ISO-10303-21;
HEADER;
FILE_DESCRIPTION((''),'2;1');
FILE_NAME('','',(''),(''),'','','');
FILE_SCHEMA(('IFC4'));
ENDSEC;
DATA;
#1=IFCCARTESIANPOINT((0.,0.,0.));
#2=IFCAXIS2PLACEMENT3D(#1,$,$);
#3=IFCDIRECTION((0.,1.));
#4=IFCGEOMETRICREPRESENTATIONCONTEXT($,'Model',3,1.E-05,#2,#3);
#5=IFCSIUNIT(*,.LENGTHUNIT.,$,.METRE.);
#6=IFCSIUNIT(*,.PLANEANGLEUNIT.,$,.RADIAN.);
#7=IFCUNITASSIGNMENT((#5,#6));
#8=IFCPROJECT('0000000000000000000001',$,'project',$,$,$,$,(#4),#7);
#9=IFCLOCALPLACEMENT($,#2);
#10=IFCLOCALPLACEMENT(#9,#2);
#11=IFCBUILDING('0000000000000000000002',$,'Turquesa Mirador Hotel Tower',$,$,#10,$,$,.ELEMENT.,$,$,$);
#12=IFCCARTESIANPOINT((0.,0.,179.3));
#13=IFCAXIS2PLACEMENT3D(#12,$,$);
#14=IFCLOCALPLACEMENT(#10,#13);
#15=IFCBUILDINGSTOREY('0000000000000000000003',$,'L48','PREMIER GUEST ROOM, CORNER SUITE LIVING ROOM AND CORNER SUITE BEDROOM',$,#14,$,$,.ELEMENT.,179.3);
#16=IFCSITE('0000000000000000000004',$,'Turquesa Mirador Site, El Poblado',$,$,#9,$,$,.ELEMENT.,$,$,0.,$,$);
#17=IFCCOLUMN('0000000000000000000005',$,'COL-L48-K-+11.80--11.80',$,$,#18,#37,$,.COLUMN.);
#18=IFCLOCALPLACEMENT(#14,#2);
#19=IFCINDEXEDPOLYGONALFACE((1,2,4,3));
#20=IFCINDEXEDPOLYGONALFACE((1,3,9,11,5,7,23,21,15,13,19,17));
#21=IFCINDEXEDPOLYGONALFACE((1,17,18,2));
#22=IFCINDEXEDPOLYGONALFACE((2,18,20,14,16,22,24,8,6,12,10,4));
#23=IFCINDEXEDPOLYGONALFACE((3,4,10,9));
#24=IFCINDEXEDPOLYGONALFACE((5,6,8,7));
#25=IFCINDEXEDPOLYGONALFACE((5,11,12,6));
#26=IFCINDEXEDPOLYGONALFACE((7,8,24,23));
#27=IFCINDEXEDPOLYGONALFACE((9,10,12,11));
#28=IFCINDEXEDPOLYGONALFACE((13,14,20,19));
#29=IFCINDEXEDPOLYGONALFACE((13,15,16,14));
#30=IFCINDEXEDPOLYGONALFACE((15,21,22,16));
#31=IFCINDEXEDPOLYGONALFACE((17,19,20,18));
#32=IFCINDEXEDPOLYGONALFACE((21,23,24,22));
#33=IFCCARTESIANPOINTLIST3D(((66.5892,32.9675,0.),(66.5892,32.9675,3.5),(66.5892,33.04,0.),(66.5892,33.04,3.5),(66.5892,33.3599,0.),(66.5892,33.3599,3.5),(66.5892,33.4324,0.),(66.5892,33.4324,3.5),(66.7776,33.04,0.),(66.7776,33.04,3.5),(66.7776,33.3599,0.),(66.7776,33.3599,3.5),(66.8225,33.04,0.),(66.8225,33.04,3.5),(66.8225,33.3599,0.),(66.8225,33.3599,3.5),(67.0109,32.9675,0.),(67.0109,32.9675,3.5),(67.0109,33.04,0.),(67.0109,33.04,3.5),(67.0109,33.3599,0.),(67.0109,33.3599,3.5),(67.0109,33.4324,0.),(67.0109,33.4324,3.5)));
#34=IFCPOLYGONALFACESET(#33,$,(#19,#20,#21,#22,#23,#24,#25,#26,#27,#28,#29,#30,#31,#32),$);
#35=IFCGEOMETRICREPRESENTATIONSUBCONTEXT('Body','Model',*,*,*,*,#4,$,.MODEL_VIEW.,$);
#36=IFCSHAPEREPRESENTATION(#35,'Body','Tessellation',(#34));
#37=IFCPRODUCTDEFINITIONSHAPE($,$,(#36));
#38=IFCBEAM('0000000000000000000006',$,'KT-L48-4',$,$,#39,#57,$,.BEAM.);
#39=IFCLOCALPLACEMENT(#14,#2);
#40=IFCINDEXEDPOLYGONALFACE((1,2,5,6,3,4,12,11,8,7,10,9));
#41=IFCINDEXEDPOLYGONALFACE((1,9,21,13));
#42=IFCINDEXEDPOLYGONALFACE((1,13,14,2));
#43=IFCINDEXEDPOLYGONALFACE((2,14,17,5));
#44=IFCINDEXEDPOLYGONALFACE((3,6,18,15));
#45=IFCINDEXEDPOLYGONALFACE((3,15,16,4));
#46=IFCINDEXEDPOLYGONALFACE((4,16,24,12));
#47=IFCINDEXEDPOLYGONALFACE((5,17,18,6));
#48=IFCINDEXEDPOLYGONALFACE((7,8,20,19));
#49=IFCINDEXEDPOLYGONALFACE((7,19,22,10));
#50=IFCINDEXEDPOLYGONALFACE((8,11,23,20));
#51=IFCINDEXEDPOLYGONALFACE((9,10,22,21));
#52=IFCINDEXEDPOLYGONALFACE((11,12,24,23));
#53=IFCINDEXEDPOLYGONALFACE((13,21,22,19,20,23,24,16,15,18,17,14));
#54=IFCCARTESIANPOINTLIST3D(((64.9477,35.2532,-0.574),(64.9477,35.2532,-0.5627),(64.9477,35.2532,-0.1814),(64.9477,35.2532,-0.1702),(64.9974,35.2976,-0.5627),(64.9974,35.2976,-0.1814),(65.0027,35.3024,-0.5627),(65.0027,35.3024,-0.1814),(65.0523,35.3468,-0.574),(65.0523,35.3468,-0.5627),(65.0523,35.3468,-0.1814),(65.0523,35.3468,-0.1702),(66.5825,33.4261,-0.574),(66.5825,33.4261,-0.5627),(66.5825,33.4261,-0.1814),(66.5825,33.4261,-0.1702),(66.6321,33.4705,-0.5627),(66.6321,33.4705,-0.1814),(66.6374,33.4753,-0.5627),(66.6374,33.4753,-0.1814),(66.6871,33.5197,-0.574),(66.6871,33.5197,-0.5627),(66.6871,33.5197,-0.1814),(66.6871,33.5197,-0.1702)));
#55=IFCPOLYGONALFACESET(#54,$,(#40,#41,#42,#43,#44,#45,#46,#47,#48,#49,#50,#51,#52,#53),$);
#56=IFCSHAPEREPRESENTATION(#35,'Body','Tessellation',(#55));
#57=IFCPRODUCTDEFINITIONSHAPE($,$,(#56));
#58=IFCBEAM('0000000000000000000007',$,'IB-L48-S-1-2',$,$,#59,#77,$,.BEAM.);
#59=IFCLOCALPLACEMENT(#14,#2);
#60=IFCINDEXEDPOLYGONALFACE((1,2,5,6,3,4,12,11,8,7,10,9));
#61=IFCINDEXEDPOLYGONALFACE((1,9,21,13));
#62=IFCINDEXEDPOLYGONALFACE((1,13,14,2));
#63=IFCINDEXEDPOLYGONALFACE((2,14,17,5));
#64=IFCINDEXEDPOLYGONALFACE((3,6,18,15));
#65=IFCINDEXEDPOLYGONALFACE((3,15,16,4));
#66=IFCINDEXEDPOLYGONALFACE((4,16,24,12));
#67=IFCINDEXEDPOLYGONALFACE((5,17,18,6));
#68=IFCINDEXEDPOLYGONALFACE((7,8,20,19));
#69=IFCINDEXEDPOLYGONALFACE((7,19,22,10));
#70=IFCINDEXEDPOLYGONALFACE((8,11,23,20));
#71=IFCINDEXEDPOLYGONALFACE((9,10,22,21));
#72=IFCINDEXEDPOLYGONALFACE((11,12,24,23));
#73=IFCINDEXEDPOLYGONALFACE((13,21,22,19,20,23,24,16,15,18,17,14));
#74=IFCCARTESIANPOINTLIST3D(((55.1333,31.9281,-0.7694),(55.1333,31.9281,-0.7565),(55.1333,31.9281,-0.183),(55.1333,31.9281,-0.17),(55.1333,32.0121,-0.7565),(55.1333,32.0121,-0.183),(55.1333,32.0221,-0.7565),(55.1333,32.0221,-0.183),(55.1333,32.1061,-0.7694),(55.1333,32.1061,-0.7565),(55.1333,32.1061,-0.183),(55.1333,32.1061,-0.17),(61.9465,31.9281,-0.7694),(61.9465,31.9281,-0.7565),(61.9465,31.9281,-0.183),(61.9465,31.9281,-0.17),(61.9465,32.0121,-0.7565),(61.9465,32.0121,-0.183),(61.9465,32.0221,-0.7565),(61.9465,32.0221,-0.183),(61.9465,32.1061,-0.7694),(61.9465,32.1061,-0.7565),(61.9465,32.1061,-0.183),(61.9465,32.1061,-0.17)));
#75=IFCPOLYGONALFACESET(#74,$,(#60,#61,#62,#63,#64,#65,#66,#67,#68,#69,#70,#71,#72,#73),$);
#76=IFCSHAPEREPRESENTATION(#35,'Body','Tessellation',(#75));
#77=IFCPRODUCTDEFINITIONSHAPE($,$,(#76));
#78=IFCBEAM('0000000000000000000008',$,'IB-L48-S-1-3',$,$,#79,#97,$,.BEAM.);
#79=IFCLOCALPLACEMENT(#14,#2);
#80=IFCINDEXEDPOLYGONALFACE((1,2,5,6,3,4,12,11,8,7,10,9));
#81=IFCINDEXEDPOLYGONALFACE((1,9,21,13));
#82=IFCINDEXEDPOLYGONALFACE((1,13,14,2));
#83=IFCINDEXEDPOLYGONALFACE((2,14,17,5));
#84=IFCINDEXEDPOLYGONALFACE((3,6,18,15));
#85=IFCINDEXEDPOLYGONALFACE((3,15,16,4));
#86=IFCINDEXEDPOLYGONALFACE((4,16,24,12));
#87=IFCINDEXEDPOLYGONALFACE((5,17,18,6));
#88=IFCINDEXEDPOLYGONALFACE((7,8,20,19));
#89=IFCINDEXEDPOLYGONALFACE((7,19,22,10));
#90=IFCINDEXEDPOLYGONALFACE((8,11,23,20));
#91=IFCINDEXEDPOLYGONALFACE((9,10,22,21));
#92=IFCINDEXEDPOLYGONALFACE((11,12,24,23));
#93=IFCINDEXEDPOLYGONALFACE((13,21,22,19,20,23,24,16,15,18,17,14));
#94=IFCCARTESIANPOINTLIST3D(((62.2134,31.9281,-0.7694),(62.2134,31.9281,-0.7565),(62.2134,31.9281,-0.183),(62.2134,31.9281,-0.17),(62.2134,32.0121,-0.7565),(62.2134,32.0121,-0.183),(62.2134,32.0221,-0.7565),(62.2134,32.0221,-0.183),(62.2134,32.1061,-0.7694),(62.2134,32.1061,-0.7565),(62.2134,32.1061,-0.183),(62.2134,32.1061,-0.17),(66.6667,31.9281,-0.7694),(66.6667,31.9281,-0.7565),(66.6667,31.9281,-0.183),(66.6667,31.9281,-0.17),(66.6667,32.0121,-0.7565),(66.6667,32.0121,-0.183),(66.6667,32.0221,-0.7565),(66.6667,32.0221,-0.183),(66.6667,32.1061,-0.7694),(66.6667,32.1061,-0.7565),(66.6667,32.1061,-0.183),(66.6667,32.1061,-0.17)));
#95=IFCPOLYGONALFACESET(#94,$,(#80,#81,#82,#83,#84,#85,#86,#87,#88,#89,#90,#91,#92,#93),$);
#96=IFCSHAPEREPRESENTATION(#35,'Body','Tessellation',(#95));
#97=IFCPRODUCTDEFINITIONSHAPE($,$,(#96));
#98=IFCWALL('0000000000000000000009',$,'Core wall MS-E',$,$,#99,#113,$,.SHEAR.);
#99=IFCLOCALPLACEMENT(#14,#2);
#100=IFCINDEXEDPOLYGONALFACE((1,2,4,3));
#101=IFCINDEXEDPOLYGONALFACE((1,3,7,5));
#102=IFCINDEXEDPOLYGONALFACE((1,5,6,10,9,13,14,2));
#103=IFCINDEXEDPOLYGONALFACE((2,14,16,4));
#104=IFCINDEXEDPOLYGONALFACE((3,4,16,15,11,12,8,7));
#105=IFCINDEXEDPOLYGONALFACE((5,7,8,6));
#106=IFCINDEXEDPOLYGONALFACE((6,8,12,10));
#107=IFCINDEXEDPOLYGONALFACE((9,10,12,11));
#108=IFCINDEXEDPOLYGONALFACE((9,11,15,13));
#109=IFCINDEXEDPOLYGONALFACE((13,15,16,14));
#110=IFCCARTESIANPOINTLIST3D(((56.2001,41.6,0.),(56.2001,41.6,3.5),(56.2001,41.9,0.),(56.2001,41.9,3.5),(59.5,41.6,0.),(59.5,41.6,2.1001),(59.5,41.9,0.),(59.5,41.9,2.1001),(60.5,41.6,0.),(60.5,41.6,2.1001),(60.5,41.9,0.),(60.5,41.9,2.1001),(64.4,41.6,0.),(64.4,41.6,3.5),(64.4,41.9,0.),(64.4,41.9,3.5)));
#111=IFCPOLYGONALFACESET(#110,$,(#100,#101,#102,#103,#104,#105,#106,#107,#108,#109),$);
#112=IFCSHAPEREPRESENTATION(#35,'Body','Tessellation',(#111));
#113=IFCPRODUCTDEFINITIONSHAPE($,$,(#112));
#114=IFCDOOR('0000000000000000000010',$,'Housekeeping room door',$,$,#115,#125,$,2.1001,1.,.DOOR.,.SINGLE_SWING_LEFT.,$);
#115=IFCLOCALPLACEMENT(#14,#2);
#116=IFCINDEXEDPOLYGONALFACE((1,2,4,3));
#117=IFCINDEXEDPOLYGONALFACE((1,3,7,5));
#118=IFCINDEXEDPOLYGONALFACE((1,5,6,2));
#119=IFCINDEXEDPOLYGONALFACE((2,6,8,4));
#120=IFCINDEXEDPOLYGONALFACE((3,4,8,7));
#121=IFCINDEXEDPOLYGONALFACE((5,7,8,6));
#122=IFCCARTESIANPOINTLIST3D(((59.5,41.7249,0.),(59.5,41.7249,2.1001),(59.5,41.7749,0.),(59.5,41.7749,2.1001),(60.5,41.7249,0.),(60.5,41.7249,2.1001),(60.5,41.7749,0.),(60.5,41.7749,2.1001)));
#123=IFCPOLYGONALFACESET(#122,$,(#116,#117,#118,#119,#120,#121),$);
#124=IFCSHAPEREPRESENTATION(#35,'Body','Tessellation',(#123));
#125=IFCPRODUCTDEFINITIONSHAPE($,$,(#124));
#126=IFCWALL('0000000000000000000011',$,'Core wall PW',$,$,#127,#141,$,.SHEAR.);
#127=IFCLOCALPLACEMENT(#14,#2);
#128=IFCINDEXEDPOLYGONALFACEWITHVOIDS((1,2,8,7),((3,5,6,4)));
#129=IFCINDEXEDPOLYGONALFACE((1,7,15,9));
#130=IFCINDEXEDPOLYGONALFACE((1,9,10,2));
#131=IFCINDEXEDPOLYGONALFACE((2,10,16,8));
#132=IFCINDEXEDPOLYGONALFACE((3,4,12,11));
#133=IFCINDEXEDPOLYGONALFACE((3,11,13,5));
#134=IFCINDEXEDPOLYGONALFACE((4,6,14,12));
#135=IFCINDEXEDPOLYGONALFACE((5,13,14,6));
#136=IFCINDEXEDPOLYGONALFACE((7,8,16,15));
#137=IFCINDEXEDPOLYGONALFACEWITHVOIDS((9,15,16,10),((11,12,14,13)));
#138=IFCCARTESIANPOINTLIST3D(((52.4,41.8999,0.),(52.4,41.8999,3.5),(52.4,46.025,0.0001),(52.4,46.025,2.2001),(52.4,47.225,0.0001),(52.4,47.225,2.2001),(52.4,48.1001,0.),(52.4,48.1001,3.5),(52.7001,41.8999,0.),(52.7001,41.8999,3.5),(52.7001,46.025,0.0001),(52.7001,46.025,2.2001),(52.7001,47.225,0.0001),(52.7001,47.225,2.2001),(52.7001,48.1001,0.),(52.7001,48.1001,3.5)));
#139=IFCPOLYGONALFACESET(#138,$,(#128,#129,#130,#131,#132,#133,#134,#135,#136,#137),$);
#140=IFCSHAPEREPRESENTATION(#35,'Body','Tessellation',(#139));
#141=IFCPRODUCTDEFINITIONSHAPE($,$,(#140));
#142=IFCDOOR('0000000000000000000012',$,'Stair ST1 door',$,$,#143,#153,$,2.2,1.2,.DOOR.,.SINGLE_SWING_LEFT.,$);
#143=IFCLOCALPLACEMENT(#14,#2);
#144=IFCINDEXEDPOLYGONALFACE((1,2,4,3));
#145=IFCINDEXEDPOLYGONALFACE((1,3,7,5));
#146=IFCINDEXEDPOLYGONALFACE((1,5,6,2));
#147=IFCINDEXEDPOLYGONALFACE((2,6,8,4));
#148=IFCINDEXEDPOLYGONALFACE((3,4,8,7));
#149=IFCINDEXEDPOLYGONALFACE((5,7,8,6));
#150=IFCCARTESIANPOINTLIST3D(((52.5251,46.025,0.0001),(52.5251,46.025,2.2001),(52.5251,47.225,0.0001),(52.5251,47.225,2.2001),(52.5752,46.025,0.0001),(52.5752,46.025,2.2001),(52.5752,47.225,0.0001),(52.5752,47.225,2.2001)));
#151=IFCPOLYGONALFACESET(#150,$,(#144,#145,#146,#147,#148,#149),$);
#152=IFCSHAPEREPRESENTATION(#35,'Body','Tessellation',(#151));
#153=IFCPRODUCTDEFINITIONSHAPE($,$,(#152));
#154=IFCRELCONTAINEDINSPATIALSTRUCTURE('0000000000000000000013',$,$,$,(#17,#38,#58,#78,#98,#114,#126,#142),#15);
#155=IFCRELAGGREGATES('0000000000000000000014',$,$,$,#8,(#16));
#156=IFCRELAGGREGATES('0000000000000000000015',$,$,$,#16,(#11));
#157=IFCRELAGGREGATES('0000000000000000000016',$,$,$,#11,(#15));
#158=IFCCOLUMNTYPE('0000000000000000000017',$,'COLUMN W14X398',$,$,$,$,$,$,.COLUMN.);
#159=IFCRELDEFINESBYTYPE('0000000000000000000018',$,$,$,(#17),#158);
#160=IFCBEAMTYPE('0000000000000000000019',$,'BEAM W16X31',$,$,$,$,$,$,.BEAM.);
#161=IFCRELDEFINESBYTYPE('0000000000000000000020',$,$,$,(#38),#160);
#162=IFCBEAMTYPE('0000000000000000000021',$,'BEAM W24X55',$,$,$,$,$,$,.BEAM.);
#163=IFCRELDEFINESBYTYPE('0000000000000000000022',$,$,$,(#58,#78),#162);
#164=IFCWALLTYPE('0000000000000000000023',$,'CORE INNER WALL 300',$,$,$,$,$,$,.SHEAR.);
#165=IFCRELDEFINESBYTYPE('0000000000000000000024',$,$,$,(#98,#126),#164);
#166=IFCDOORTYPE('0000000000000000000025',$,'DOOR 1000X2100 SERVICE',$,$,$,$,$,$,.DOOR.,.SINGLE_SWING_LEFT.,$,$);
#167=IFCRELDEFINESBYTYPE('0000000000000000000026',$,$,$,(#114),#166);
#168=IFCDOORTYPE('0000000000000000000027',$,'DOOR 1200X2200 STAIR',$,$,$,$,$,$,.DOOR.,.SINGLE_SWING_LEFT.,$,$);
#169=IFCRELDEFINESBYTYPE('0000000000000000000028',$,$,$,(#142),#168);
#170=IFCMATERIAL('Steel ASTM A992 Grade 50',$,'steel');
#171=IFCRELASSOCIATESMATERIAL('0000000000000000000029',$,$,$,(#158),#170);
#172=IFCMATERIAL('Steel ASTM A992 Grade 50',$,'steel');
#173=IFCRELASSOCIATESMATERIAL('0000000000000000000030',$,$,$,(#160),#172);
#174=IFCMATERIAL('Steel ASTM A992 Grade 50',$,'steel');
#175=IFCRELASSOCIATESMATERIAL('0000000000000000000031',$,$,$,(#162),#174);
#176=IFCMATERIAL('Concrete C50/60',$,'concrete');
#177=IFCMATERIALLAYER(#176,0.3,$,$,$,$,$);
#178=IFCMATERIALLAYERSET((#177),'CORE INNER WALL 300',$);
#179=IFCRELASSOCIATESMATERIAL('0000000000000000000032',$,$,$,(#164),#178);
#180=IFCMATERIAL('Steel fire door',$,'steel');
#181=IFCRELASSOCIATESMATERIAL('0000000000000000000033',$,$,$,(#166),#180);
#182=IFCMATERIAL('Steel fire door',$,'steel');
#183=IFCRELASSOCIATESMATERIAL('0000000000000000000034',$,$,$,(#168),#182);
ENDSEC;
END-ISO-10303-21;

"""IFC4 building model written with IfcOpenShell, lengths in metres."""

from ifc_helpers import new_model, si_unit, direction, frame, frame_2d, origin, origin_2d, place, context, subcontext, project, spatial, rectangle, i_section, extrude, material, layer, layer_set, material_profile, profile_set, type_object, element, fill, save


model = new_model("IFC4")

# Units and contexts
model_context = context("Model", 3, precision=1e-05, world=origin(), true_north=direction((0.0, 1.0)))
body_context = subcontext(model_context, "Body", "Model", "MODEL_VIEW")
ifc_project = project(units=[si_unit("LENGTHUNIT", "METRE"), si_unit("PLANEANGLEUNIT", "RADIAN")], contexts=[model_context])

# Site, building, storey
site_placement = place(None, origin())
site = spatial("IfcSite", under=ifc_project, at=site_placement, Name="Turquesa Mirador Site, El Poblado", CompositionType="ELEMENT", RefElevation=0.0)
building_placement = place(site_placement, origin())
building = spatial("IfcBuilding", under=site, at=building_placement, Name="Turquesa Mirador Hotel Tower", CompositionType="ELEMENT")
storey_placement = place(building_placement, frame((0.0, 0.0, 179.3)))
storey = spatial("IfcBuildingStorey", under=building, at=storey_placement, Name="L48", Description="PREMIER GUEST ROOM, CORNER SUITE LIVING ROOM AND CORNER SUITE BEDROOM", CompositionType="ELEMENT", Elevation=179.3)

# Column
ifc_material_1 = material(Name="Steel ASTM A992 Grade 50", Category="steel")
ifc_material_profile_1 = material_profile(ifc_material_1, i_section(OverallWidth=0.4216, OverallDepth=0.4648, WebThickness=0.0449, FlangeThickness=0.0725, at=origin_2d()), Name="W14X398")
ifc_profile_set_1 = profile_set([ifc_material_profile_1], Name="Steel ASTM A992 Grade 50")
column_type = type_object("IfcColumnType", Name="COLUMN W14X398", PredefinedType="COLUMN", material=ifc_profile_set_1)
column_placement = place(storey_placement, frame((66.8, 33.2, 0.0), z_axis=(0.0, 0.0, 1.0), x_axis=(1.0, 0.0, 0.0)))
element("IfcColumn", 1, at=column_placement, inside=storey, type_object=column_type, Name="COL-L48-K-+11.80--11.80", PredefinedType="COLUMN", context=body_context, shape_type="SweptSolid", body=[
    extrude(i_section(OverallWidth=0.4216, OverallDepth=0.4648, WebThickness=0.0449, FlangeThickness=0.0725, at=origin_2d()), origin(), (0.0, 0.0, 1.0), 3.5),
])

# Beams
ifc_material_2 = material(Name="Steel ASTM A992 Grade 50", Category="steel")
ifc_material_profile_2 = material_profile(ifc_material_2, i_section(OverallWidth=0.1404, OverallDepth=0.4038, WebThickness=0.0071, FlangeThickness=0.0112, at=origin_2d()), Name="W16X31")
ifc_profile_set_2 = profile_set([ifc_material_profile_2], Name="Steel ASTM A992 Grade 50")
beam_type_1 = type_object("IfcBeamType", Name="BEAM W16X31", PredefinedType="BEAM", material=ifc_profile_set_2)
beam_1_placement = place(storey_placement, frame((66.6348, 33.4729, -0.3721), z_axis=(-0.666783, 0.745252, 0.0), x_axis=(-0.745252, -0.666783, 0.0)))
element("IfcBeam", 2, at=beam_1_placement, inside=storey, type_object=beam_type_1, Name="KT-L48-4", PredefinedType="BEAM", context=body_context, shape_type="SweptSolid", body=[
    extrude(i_section(OverallWidth=0.1404, OverallDepth=0.4038, WebThickness=0.0071, FlangeThickness=0.0112, at=origin_2d()), origin(), (0.0, 0.0, 1.0), 2.4517),
])
ifc_material_3 = material(Name="Steel ASTM A992 Grade 50", Category="steel")
ifc_material_profile_3 = material_profile(ifc_material_3, i_section(OverallWidth=0.178, OverallDepth=0.5994, WebThickness=0.01, FlangeThickness=0.0129, at=origin_2d()), Name="W24X55")
ifc_profile_set_3 = profile_set([ifc_material_profile_3], Name="Steel ASTM A992 Grade 50")
beam_type_2 = type_object("IfcBeamType", Name="BEAM W24X55", PredefinedType="BEAM", material=ifc_profile_set_3)
beam_2_placement = place(storey_placement, frame((55.1333, 32.0171, -0.4697), z_axis=(1.0, 0.0, 0.0), x_axis=(0.0, 1.0, 0.0)))
element("IfcBeam", 3, at=beam_2_placement, inside=storey, type_object=beam_type_2, Name="IB-L48-S-1-2", PredefinedType="BEAM", context=body_context, shape_type="SweptSolid", body=[
    extrude(i_section(OverallWidth=0.178, OverallDepth=0.5994, WebThickness=0.01, FlangeThickness=0.0129, at=origin_2d()), origin(), (0.0, 0.0, 1.0), 6.8132),
])
beam_3_placement = place(storey_placement, frame((62.2134, 32.0171, -0.4697), z_axis=(1.0, 0.0, 0.0), x_axis=(0.0, 1.0, 0.0)))
element("IfcBeam", 4, at=beam_3_placement, inside=storey, type_object=beam_type_2, Name="IB-L48-S-1-3", PredefinedType="BEAM", context=body_context, shape_type="SweptSolid", body=[
    extrude(i_section(OverallWidth=0.178, OverallDepth=0.5994, WebThickness=0.01, FlangeThickness=0.0129, at=origin_2d()), origin(), (0.0, 0.0, 1.0), 4.4534),
])

# Walls, openings, doors
ifc_material_4 = material(Name="Concrete C50/60", Category="concrete")
ifc_layer_1 = layer(ifc_material_4, 0.3)
ifc_layer_set_1 = layer_set([ifc_layer_1], Name="CORE INNER WALL 300")
wall_type_1 = type_object("IfcWallType", Name="CORE INNER WALL 300", PredefinedType="SHEAR", material=ifc_layer_set_1)
wall_1_placement = place(storey_placement, frame((56.2, 41.75, 0.0), z_axis=(0.0, 0.0, 1.0), x_axis=(1.0, 0.0, 0.0)))
wall_1 = element("IfcWall", 5, at=wall_1_placement, inside=storey, type_object=wall_type_1, Name="Core wall MS-E", PredefinedType="SHEAR", context=body_context, shape_type="SweptSolid", body=[
    extrude(rectangle(XDim=8.2, YDim=0.3, at=frame_2d((4.1001, 0.0))), origin(), (0.0, 0.0, 1.0), 3.5),
])
opening_1_placement = place(wall_1_placement, frame((3.3, 0.0, 0.0)))
opening_1 = element("IfcOpeningElement", 6, at=opening_1_placement, cuts=wall_1, PredefinedType="OPENING", context=body_context, shape_type="SweptSolid", body=[
    extrude(rectangle(XDim=1.0, YDim=2.1001, at=frame_2d((0.5, 1.05))), frame((0.0, 0.1599, 0.0), z_axis=(0.0, -1.0, 0.0), x_axis=(1.0, 0.0, 0.0)), (0.0, 0.0, 1.0), 0.3201),
])
ifc_material_5 = material(Name="Steel fire door", Category="steel")
door_type_1 = type_object("IfcDoorType", Name="DOOR 1000X2100 SERVICE", OperationType="SINGLE_SWING_LEFT", PredefinedType="DOOR", material=ifc_material_5)
door_1_placement = place(opening_1_placement, origin())
door_1 = element("IfcDoor", 7, at=door_1_placement, inside=storey, type_object=door_type_1, Name="Housekeeping room door", OperationType="SINGLE_SWING_LEFT", OverallHeight=2.1001, OverallWidth=1.0, PredefinedType="DOOR", context=body_context, shape_type="SweptSolid", body=[
    extrude(rectangle(XDim=1.0, YDim=2.1001, at=frame_2d((0.5, 1.05))), frame((0.0, 0.0249, 0.0), z_axis=(0.0, -1.0, 0.0), x_axis=(1.0, 0.0, 0.0)), (0.0, 0.0, 1.0), 0.05),
])
fill(opening_1, door_1)
wall_2_placement = place(storey_placement, frame((52.55, 41.8999, 0.0), z_axis=(0.0, 0.0, 1.0), x_axis=(0.0, 1.0, 0.0)))
wall_2 = element("IfcWall", 8, at=wall_2_placement, inside=storey, type_object=wall_type_1, Name="Core wall PW", PredefinedType="SHEAR", context=body_context, shape_type="SweptSolid", body=[
    extrude(rectangle(XDim=6.2002, YDim=0.3, at=frame_2d((3.1001, 0.0))), origin(), (0.0, 0.0, 1.0), 3.5),
])
opening_2_placement = place(wall_2_placement, frame((4.125, 0.0, 0.0)))
opening_2 = element("IfcOpeningElement", 9, at=opening_2_placement, cuts=wall_2, PredefinedType="OPENING", context=body_context, shape_type="SweptSolid", body=[
    extrude(rectangle(XDim=1.2, YDim=2.2, at=frame_2d((0.6001, 1.1001))), frame((0.0, 0.1599, 0.0), z_axis=(0.0, -1.0, 0.0), x_axis=(1.0, 0.0, 0.0)), (0.0, 0.0, 1.0), 0.3201),
])
ifc_material_6 = material(Name="Steel fire door", Category="steel")
door_type_2 = type_object("IfcDoorType", Name="DOOR 1200X2200 STAIR", OperationType="SINGLE_SWING_LEFT", PredefinedType="DOOR", material=ifc_material_6)
door_2_placement = place(opening_2_placement, origin())
door_2 = element("IfcDoor", 10, at=door_2_placement, inside=storey, type_object=door_type_2, Name="Stair ST1 door", OperationType="SINGLE_SWING_LEFT", OverallHeight=2.2, OverallWidth=1.2, PredefinedType="DOOR", context=body_context, shape_type="SweptSolid", body=[
    extrude(rectangle(XDim=1.2, YDim=2.2, at=frame_2d((0.6001, 1.1001))), frame((0.0, 0.0249, 0.0), z_axis=(0.0, -1.0, 0.0), x_axis=(1.0, 0.0, 0.0)), (0.0, 0.0, 1.0), 0.05),
])
fill(opening_2, door_2)

save(model, "model.ifc")
